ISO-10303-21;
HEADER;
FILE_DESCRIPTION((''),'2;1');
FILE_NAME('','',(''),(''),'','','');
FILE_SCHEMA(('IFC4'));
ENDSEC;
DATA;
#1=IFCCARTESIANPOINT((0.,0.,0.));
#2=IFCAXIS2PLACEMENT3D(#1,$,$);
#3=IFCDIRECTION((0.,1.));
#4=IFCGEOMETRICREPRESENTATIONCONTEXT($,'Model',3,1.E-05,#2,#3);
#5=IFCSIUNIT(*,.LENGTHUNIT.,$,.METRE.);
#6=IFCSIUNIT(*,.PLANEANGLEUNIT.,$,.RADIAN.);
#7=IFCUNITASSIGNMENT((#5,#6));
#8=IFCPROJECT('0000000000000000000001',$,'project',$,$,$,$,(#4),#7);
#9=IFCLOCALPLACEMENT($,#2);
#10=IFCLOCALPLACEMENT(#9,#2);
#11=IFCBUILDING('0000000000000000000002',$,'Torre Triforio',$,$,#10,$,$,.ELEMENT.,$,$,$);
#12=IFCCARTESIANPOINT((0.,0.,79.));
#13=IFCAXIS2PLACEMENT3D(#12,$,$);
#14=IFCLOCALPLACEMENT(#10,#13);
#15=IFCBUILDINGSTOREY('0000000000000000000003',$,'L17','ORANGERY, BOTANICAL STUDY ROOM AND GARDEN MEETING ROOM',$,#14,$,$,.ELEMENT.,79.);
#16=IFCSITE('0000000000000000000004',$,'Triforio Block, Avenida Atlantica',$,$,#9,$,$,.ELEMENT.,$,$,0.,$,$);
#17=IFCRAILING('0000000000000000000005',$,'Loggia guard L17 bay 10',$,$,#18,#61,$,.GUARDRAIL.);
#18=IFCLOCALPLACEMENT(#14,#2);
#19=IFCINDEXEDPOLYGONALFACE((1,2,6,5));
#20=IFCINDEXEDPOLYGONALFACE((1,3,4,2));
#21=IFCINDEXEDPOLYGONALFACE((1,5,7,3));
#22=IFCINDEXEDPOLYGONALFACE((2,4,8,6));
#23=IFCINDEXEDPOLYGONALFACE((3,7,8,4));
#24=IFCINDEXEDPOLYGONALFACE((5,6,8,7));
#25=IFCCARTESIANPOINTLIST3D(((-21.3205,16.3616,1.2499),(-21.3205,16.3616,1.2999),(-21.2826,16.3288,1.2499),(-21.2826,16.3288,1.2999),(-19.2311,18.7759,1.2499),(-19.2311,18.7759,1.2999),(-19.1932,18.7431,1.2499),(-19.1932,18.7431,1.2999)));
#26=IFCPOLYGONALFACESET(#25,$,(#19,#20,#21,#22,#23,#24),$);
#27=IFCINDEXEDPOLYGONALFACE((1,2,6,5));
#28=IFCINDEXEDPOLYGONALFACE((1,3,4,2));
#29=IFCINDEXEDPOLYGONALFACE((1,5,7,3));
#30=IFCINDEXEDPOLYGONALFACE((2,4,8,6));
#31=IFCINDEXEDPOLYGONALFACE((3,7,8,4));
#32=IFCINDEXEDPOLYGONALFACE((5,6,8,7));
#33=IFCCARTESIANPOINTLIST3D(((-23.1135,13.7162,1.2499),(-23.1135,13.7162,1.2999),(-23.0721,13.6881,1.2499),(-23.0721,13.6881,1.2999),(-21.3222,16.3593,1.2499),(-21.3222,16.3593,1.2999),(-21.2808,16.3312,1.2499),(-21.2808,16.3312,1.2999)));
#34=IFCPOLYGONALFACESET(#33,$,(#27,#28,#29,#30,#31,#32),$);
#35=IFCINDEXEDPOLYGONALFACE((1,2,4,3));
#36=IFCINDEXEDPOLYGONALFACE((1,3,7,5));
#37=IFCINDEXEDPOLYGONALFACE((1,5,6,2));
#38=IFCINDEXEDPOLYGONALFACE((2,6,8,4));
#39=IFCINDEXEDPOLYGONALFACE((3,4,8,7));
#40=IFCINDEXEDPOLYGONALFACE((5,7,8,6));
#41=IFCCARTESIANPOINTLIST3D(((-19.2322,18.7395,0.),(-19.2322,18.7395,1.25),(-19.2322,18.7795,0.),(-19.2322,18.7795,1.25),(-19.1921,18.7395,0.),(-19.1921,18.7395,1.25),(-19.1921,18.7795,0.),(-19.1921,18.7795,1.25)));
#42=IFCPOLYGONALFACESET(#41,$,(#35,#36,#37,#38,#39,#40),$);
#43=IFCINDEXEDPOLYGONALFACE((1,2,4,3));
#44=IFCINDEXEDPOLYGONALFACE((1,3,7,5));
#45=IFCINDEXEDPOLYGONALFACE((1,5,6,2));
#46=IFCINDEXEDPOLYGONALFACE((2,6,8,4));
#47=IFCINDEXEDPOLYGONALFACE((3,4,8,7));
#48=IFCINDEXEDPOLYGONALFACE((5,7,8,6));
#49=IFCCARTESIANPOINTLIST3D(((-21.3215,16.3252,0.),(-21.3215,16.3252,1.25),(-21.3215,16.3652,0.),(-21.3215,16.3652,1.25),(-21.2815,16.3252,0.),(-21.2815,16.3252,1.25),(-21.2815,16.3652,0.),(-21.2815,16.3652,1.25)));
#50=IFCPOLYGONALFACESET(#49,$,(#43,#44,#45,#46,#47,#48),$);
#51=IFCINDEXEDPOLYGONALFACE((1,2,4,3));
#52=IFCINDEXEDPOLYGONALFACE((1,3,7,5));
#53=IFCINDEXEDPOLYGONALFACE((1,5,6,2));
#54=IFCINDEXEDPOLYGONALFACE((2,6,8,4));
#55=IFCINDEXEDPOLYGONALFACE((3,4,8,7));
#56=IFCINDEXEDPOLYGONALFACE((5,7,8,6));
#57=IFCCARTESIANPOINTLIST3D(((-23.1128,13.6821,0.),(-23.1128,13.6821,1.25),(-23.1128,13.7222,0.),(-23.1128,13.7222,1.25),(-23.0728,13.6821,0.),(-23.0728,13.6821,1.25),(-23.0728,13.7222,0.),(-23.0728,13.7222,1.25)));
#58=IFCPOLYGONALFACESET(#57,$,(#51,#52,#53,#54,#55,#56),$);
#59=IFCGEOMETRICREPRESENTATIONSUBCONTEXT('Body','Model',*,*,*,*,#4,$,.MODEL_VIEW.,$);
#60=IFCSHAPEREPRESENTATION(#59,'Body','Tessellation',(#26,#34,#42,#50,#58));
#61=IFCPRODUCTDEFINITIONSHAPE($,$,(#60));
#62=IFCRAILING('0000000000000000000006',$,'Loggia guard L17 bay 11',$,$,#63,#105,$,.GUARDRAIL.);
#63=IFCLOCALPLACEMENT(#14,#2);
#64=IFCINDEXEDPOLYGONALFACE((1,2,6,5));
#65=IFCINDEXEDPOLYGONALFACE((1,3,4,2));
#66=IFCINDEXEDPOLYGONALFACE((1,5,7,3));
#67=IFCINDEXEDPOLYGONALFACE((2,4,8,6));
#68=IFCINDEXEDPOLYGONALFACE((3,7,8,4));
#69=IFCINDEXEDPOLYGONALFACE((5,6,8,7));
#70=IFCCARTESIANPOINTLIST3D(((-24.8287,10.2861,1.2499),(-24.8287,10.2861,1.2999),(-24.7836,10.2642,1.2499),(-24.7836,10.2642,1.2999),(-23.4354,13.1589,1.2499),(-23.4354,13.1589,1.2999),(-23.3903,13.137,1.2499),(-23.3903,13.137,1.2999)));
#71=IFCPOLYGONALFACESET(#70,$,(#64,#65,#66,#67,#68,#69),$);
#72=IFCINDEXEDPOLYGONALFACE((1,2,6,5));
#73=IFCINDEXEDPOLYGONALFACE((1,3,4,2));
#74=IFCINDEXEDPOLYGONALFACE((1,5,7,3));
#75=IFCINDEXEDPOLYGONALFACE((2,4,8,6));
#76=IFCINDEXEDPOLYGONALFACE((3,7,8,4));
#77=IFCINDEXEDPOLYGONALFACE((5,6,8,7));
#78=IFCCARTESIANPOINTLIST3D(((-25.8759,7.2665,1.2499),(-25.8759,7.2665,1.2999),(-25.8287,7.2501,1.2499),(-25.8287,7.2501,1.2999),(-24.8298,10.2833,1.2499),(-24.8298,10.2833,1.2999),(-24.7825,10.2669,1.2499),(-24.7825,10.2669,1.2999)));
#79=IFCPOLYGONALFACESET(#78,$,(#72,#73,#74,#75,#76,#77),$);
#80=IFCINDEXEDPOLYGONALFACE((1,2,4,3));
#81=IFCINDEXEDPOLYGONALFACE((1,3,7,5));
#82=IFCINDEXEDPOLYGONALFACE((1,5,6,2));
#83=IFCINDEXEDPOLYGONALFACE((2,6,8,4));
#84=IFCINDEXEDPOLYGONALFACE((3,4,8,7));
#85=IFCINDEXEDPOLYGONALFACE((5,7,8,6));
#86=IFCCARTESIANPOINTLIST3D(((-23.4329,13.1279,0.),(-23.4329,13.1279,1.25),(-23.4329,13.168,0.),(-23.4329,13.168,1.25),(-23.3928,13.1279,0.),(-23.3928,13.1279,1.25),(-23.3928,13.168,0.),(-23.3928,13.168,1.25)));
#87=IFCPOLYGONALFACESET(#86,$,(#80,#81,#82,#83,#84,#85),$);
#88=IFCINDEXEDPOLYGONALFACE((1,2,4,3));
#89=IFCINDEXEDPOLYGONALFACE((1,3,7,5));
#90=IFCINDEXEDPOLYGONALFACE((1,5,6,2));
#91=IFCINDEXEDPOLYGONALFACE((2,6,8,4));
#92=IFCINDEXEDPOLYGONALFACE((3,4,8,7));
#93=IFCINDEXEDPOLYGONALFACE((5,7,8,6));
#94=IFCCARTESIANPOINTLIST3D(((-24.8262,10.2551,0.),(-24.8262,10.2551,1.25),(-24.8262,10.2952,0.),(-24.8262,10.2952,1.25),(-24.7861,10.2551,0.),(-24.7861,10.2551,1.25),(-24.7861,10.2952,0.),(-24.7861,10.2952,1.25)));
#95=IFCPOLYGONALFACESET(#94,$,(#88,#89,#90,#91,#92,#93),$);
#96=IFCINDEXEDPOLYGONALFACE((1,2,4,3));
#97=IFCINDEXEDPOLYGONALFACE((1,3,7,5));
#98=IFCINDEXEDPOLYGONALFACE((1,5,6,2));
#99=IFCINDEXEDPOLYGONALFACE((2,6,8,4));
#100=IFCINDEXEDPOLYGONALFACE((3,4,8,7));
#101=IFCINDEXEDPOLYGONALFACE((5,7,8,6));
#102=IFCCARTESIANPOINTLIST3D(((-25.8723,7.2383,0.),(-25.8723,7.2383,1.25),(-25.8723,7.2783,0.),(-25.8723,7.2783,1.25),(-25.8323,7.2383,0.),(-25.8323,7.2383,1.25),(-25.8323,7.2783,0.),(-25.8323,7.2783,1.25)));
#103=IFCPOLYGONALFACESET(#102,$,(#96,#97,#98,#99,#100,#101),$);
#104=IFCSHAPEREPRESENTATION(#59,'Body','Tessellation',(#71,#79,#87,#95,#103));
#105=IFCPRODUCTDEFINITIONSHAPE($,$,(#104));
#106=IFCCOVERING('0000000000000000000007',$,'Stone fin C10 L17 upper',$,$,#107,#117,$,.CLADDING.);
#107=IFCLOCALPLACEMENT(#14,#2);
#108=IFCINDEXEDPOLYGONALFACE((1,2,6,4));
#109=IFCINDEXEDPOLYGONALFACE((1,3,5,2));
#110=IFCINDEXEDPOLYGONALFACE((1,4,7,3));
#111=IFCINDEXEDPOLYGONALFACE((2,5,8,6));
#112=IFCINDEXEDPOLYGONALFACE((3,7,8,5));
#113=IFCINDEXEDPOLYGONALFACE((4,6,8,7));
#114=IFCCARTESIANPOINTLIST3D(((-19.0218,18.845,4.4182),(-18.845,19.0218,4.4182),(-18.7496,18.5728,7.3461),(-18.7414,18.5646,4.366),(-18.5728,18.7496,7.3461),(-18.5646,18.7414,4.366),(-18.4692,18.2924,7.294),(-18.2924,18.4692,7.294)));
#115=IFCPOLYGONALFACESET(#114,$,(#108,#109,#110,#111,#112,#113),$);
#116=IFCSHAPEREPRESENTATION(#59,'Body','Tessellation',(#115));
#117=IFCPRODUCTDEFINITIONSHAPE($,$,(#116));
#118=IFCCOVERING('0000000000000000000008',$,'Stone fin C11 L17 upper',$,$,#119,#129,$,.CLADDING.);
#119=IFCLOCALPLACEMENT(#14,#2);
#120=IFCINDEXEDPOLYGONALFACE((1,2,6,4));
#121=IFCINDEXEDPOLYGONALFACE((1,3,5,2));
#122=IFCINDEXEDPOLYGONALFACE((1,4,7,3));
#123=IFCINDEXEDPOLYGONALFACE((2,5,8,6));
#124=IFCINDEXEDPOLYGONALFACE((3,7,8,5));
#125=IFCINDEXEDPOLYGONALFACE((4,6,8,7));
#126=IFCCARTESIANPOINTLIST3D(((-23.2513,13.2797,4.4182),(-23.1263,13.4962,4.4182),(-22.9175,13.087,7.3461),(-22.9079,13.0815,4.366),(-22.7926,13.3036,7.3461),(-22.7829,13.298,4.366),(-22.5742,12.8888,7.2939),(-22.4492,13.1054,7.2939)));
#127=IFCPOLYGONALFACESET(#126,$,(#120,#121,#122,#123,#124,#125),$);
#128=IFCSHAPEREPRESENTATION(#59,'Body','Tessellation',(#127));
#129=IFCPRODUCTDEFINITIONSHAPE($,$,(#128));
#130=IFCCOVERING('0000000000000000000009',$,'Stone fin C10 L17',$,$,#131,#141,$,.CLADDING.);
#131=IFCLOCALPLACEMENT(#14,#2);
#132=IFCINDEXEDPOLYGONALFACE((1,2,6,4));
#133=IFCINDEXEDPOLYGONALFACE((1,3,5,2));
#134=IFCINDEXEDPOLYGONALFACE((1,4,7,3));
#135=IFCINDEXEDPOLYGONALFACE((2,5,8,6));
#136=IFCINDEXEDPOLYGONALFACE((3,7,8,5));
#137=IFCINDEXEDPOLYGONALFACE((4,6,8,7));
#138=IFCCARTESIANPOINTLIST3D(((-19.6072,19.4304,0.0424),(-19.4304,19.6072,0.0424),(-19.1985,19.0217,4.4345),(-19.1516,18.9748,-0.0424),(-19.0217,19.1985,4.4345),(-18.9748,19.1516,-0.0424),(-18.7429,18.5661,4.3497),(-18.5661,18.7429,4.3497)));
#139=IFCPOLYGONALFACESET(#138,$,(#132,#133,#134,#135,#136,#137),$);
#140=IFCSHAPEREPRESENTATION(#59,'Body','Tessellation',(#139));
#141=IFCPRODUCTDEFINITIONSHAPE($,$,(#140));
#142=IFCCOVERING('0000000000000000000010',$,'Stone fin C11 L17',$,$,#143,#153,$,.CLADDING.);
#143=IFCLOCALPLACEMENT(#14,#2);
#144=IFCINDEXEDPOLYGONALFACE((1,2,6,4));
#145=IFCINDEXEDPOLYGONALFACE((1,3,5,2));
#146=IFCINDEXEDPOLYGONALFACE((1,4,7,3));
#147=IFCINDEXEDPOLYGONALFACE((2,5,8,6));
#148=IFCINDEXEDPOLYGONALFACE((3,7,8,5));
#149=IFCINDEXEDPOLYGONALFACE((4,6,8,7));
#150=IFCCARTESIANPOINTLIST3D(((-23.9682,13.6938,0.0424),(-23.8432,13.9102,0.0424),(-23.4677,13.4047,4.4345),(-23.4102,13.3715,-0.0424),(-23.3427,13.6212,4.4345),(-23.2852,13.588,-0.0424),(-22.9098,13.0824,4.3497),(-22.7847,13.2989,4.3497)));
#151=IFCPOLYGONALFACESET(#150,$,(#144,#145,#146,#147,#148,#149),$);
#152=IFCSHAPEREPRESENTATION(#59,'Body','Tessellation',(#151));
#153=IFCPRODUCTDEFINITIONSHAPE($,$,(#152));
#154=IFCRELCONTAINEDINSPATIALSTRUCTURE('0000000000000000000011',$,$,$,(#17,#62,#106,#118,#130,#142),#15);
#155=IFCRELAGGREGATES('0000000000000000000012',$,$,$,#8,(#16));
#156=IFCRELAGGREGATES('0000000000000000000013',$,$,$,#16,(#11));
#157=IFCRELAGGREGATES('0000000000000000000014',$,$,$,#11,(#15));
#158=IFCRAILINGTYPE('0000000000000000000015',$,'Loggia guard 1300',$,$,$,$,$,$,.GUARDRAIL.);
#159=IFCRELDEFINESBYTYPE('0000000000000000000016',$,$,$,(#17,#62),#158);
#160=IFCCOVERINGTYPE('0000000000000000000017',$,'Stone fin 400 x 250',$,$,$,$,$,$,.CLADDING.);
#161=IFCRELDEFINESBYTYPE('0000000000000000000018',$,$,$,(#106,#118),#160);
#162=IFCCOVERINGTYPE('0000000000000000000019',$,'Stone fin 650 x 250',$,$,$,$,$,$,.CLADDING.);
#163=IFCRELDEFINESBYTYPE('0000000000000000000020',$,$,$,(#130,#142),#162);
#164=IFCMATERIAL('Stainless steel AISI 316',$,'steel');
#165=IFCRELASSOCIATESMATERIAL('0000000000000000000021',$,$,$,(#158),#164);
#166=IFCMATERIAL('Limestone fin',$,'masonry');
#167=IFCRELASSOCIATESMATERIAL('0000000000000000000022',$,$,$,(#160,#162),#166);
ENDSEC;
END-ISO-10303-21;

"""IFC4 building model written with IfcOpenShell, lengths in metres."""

from ifc_helpers import new_model, si_unit, direction, frame, origin, origin_2d, place, context, subcontext, project, spatial, rectangle, extrude, material, material_profile, profile_set, type_object, element, save


model = new_model("IFC4")

# Units and contexts
model_context = context("Model", 3, precision=1e-05, world=origin(), true_north=direction((0.0, 1.0)))
body_context = subcontext(model_context, "Body", "Model", "MODEL_VIEW")
ifc_project = project(units=[si_unit("LENGTHUNIT", "METRE"), si_unit("PLANEANGLEUNIT", "RADIAN")], contexts=[model_context])

# Site, building, storey
site_placement = place(None, origin())
site = spatial("IfcSite", under=ifc_project, at=site_placement, Name="Triforio Block, Avenida Atlantica", CompositionType="ELEMENT", RefElevation=0.0)
building_placement = place(site_placement, origin())
building = spatial("IfcBuilding", under=site, at=building_placement, Name="Torre Triforio", CompositionType="ELEMENT")
storey_placement = place(building_placement, frame((0.0, 0.0, 79.0)))
storey = spatial("IfcBuildingStorey", under=building, at=storey_placement, Name="L17", Description="ORANGERY, BOTANICAL STUDY ROOM AND GARDEN MEETING ROOM", CompositionType="ELEMENT", Elevation=79.0)

# Railings
ifc_material_1 = material(Name="Stainless steel AISI 316", Category="steel")
railing_type = type_object("IfcRailingType", Name="Loggia guard 1300", PredefinedType="GUARDRAIL", material=ifc_material_1)
railing_1_placement = place(storey_placement, frame((-19.2122, 18.7595, 0.0)))
element("IfcRailing", 1, at=railing_1_placement, inside=storey, type_object=railing_type, Name="Loggia guard L17 bay 10", PredefinedType="GUARDRAIL", context=body_context, shape_type="SweptSolid", body=[
    extrude(rectangle(XDim=0.05, YDim=0.05, at=origin_2d()), frame((0.0, 0.0, 1.2749), z_axis=(-0.654386, -0.756161, 0.0), x_axis=(0.756161, -0.654386, 0.0)), (0.0, 0.0, 1.0), 3.1929),
    extrude(rectangle(XDim=0.05, YDim=0.05, at=origin_2d()), frame((-2.0894, -2.4143, 1.2749), z_axis=(-0.561019, -0.827803, 0.0), x_axis=(0.827803, -0.561019, 0.0)), (0.0, 0.0, 1.0), 3.1929),
    extrude(rectangle(XDim=0.04, YDim=0.04, at=origin_2d()), origin(), (0.0, 0.0, 1.0), 1.25),
    extrude(rectangle(XDim=0.04, YDim=0.04, at=origin_2d()), frame((-2.0894, -2.4143, 0.0)), (0.0, 0.0, 1.0), 1.25),
    extrude(rectangle(XDim=0.04, YDim=0.04, at=origin_2d()), frame((-3.8806, -5.0574, 0.0)), (0.0, 0.0, 1.0), 1.25),
])
railing_2_placement = place(storey_placement, frame((-23.4128, 13.1479, 0.0)))
element("IfcRailing", 2, at=railing_2_placement, inside=storey, type_object=railing_type, Name="Loggia guard L17 bay 11", PredefinedType="GUARDRAIL", context=body_context, shape_type="SweptSolid", body=[
    extrude(rectangle(XDim=0.05, YDim=0.05, at=origin_2d()), frame((0.0, 0.0, 1.2749), z_axis=(-0.436384, -0.89976, 0.0), x_axis=(0.89976, -0.436384, 0.0)), (0.0, 0.0, 1.0), 3.1929),
    extrude(rectangle(XDim=0.05, YDim=0.05, at=origin_2d()), frame((-1.3933, -2.8728, 1.2749), z_axis=(-0.327628, -0.944807, 0.0), x_axis=(0.944807, -0.327628, 0.0)), (0.0, 0.0, 1.0), 3.1931),
    extrude(rectangle(XDim=0.04, YDim=0.04, at=origin_2d()), origin(), (0.0, 0.0, 1.0), 1.25),
    extrude(rectangle(XDim=0.04, YDim=0.04, at=origin_2d()), frame((-1.3933, -2.8728, 0.0)), (0.0, 0.0, 1.0), 1.25),
    extrude(rectangle(XDim=0.04, YDim=0.04, at=origin_2d()), frame((-2.4395, -5.8896, 0.0)), (0.0, 0.0, 1.0), 1.25),
])

# Coverings
ifc_material_2 = material(Name="Limestone fin", Category="masonry")
ifc_material_profile_1 = material_profile(ifc_material_2, rectangle(XDim=0.3999, YDim=0.25, at=origin_2d()), Name="FIN 400x250")
ifc_profile_set_1 = profile_set([ifc_material_profile_1], Name="Limestone fin")
covering_type_1 = type_object("IfcCoveringType", Name="Stone fin 400 x 250", PredefinedType="CLADDING", material=ifc_profile_set_1)
for number, where, z_axis, x_axis, name in (
    (3, (-18.7932, 18.7932, 4.3921), (0.092178, -0.092178, 0.991467), (-0.701073, 0.701073, 0.130359), "Stone fin C10 L17 upper"),
    (4, (-23.0171, 13.2888, 4.3921), (0.113009, -0.065226, 0.991451), (-0.858686, 0.495613, 0.130481), "Stone fin C11 L17 upper"),
):
    element("IfcCovering", number, at=place(storey_placement, frame(where, z_axis=z_axis, x_axis=x_axis)), inside=storey, type_object=covering_type_1, Name=name, PredefinedType="CLADDING", context=body_context, shape_type="SweptSolid", body=[
        extrude(rectangle(XDim=0.3999, YDim=0.25, at=origin_2d()), origin(), (0.0, 0.0, 1.0), 2.9531),
    ])
ifc_material_profile_2 = material_profile(ifc_material_2, rectangle(XDim=0.6499, YDim=0.25, at=origin_2d()), Name="FIN 650x250")
ifc_profile_set_2 = profile_set([ifc_material_profile_2], Name="Limestone fin")
covering_type_2 = type_object("IfcCoveringType", Name="Stone fin 650 x 250", PredefinedType="CLADDING", material=ifc_profile_set_2)
for number, where, z_axis, x_axis, name in (
    (5, (-19.291, 19.291, 0.0), (0.092256, -0.092256, 0.991452), (-0.701063, 0.701063, 0.13047), "Stone fin C10 L17"),
    (6, (-23.6267, 13.6409, 0.0), (0.112978, -0.065252, 0.991453), (-0.858545, 0.495862, 0.130468), "Stone fin C11 L17"),
):
    element("IfcCovering", number, at=place(storey_placement, frame(where, z_axis=z_axis, x_axis=x_axis)), inside=storey, type_object=covering_type_2, Name=name, PredefinedType="CLADDING", context=body_context, shape_type="SweptSolid", body=[
        extrude(rectangle(XDim=0.6499, YDim=0.25, at=origin_2d()), origin(), (0.0, 0.0, 1.0), 4.4299),
    ])

save(model, "model.ifc")
